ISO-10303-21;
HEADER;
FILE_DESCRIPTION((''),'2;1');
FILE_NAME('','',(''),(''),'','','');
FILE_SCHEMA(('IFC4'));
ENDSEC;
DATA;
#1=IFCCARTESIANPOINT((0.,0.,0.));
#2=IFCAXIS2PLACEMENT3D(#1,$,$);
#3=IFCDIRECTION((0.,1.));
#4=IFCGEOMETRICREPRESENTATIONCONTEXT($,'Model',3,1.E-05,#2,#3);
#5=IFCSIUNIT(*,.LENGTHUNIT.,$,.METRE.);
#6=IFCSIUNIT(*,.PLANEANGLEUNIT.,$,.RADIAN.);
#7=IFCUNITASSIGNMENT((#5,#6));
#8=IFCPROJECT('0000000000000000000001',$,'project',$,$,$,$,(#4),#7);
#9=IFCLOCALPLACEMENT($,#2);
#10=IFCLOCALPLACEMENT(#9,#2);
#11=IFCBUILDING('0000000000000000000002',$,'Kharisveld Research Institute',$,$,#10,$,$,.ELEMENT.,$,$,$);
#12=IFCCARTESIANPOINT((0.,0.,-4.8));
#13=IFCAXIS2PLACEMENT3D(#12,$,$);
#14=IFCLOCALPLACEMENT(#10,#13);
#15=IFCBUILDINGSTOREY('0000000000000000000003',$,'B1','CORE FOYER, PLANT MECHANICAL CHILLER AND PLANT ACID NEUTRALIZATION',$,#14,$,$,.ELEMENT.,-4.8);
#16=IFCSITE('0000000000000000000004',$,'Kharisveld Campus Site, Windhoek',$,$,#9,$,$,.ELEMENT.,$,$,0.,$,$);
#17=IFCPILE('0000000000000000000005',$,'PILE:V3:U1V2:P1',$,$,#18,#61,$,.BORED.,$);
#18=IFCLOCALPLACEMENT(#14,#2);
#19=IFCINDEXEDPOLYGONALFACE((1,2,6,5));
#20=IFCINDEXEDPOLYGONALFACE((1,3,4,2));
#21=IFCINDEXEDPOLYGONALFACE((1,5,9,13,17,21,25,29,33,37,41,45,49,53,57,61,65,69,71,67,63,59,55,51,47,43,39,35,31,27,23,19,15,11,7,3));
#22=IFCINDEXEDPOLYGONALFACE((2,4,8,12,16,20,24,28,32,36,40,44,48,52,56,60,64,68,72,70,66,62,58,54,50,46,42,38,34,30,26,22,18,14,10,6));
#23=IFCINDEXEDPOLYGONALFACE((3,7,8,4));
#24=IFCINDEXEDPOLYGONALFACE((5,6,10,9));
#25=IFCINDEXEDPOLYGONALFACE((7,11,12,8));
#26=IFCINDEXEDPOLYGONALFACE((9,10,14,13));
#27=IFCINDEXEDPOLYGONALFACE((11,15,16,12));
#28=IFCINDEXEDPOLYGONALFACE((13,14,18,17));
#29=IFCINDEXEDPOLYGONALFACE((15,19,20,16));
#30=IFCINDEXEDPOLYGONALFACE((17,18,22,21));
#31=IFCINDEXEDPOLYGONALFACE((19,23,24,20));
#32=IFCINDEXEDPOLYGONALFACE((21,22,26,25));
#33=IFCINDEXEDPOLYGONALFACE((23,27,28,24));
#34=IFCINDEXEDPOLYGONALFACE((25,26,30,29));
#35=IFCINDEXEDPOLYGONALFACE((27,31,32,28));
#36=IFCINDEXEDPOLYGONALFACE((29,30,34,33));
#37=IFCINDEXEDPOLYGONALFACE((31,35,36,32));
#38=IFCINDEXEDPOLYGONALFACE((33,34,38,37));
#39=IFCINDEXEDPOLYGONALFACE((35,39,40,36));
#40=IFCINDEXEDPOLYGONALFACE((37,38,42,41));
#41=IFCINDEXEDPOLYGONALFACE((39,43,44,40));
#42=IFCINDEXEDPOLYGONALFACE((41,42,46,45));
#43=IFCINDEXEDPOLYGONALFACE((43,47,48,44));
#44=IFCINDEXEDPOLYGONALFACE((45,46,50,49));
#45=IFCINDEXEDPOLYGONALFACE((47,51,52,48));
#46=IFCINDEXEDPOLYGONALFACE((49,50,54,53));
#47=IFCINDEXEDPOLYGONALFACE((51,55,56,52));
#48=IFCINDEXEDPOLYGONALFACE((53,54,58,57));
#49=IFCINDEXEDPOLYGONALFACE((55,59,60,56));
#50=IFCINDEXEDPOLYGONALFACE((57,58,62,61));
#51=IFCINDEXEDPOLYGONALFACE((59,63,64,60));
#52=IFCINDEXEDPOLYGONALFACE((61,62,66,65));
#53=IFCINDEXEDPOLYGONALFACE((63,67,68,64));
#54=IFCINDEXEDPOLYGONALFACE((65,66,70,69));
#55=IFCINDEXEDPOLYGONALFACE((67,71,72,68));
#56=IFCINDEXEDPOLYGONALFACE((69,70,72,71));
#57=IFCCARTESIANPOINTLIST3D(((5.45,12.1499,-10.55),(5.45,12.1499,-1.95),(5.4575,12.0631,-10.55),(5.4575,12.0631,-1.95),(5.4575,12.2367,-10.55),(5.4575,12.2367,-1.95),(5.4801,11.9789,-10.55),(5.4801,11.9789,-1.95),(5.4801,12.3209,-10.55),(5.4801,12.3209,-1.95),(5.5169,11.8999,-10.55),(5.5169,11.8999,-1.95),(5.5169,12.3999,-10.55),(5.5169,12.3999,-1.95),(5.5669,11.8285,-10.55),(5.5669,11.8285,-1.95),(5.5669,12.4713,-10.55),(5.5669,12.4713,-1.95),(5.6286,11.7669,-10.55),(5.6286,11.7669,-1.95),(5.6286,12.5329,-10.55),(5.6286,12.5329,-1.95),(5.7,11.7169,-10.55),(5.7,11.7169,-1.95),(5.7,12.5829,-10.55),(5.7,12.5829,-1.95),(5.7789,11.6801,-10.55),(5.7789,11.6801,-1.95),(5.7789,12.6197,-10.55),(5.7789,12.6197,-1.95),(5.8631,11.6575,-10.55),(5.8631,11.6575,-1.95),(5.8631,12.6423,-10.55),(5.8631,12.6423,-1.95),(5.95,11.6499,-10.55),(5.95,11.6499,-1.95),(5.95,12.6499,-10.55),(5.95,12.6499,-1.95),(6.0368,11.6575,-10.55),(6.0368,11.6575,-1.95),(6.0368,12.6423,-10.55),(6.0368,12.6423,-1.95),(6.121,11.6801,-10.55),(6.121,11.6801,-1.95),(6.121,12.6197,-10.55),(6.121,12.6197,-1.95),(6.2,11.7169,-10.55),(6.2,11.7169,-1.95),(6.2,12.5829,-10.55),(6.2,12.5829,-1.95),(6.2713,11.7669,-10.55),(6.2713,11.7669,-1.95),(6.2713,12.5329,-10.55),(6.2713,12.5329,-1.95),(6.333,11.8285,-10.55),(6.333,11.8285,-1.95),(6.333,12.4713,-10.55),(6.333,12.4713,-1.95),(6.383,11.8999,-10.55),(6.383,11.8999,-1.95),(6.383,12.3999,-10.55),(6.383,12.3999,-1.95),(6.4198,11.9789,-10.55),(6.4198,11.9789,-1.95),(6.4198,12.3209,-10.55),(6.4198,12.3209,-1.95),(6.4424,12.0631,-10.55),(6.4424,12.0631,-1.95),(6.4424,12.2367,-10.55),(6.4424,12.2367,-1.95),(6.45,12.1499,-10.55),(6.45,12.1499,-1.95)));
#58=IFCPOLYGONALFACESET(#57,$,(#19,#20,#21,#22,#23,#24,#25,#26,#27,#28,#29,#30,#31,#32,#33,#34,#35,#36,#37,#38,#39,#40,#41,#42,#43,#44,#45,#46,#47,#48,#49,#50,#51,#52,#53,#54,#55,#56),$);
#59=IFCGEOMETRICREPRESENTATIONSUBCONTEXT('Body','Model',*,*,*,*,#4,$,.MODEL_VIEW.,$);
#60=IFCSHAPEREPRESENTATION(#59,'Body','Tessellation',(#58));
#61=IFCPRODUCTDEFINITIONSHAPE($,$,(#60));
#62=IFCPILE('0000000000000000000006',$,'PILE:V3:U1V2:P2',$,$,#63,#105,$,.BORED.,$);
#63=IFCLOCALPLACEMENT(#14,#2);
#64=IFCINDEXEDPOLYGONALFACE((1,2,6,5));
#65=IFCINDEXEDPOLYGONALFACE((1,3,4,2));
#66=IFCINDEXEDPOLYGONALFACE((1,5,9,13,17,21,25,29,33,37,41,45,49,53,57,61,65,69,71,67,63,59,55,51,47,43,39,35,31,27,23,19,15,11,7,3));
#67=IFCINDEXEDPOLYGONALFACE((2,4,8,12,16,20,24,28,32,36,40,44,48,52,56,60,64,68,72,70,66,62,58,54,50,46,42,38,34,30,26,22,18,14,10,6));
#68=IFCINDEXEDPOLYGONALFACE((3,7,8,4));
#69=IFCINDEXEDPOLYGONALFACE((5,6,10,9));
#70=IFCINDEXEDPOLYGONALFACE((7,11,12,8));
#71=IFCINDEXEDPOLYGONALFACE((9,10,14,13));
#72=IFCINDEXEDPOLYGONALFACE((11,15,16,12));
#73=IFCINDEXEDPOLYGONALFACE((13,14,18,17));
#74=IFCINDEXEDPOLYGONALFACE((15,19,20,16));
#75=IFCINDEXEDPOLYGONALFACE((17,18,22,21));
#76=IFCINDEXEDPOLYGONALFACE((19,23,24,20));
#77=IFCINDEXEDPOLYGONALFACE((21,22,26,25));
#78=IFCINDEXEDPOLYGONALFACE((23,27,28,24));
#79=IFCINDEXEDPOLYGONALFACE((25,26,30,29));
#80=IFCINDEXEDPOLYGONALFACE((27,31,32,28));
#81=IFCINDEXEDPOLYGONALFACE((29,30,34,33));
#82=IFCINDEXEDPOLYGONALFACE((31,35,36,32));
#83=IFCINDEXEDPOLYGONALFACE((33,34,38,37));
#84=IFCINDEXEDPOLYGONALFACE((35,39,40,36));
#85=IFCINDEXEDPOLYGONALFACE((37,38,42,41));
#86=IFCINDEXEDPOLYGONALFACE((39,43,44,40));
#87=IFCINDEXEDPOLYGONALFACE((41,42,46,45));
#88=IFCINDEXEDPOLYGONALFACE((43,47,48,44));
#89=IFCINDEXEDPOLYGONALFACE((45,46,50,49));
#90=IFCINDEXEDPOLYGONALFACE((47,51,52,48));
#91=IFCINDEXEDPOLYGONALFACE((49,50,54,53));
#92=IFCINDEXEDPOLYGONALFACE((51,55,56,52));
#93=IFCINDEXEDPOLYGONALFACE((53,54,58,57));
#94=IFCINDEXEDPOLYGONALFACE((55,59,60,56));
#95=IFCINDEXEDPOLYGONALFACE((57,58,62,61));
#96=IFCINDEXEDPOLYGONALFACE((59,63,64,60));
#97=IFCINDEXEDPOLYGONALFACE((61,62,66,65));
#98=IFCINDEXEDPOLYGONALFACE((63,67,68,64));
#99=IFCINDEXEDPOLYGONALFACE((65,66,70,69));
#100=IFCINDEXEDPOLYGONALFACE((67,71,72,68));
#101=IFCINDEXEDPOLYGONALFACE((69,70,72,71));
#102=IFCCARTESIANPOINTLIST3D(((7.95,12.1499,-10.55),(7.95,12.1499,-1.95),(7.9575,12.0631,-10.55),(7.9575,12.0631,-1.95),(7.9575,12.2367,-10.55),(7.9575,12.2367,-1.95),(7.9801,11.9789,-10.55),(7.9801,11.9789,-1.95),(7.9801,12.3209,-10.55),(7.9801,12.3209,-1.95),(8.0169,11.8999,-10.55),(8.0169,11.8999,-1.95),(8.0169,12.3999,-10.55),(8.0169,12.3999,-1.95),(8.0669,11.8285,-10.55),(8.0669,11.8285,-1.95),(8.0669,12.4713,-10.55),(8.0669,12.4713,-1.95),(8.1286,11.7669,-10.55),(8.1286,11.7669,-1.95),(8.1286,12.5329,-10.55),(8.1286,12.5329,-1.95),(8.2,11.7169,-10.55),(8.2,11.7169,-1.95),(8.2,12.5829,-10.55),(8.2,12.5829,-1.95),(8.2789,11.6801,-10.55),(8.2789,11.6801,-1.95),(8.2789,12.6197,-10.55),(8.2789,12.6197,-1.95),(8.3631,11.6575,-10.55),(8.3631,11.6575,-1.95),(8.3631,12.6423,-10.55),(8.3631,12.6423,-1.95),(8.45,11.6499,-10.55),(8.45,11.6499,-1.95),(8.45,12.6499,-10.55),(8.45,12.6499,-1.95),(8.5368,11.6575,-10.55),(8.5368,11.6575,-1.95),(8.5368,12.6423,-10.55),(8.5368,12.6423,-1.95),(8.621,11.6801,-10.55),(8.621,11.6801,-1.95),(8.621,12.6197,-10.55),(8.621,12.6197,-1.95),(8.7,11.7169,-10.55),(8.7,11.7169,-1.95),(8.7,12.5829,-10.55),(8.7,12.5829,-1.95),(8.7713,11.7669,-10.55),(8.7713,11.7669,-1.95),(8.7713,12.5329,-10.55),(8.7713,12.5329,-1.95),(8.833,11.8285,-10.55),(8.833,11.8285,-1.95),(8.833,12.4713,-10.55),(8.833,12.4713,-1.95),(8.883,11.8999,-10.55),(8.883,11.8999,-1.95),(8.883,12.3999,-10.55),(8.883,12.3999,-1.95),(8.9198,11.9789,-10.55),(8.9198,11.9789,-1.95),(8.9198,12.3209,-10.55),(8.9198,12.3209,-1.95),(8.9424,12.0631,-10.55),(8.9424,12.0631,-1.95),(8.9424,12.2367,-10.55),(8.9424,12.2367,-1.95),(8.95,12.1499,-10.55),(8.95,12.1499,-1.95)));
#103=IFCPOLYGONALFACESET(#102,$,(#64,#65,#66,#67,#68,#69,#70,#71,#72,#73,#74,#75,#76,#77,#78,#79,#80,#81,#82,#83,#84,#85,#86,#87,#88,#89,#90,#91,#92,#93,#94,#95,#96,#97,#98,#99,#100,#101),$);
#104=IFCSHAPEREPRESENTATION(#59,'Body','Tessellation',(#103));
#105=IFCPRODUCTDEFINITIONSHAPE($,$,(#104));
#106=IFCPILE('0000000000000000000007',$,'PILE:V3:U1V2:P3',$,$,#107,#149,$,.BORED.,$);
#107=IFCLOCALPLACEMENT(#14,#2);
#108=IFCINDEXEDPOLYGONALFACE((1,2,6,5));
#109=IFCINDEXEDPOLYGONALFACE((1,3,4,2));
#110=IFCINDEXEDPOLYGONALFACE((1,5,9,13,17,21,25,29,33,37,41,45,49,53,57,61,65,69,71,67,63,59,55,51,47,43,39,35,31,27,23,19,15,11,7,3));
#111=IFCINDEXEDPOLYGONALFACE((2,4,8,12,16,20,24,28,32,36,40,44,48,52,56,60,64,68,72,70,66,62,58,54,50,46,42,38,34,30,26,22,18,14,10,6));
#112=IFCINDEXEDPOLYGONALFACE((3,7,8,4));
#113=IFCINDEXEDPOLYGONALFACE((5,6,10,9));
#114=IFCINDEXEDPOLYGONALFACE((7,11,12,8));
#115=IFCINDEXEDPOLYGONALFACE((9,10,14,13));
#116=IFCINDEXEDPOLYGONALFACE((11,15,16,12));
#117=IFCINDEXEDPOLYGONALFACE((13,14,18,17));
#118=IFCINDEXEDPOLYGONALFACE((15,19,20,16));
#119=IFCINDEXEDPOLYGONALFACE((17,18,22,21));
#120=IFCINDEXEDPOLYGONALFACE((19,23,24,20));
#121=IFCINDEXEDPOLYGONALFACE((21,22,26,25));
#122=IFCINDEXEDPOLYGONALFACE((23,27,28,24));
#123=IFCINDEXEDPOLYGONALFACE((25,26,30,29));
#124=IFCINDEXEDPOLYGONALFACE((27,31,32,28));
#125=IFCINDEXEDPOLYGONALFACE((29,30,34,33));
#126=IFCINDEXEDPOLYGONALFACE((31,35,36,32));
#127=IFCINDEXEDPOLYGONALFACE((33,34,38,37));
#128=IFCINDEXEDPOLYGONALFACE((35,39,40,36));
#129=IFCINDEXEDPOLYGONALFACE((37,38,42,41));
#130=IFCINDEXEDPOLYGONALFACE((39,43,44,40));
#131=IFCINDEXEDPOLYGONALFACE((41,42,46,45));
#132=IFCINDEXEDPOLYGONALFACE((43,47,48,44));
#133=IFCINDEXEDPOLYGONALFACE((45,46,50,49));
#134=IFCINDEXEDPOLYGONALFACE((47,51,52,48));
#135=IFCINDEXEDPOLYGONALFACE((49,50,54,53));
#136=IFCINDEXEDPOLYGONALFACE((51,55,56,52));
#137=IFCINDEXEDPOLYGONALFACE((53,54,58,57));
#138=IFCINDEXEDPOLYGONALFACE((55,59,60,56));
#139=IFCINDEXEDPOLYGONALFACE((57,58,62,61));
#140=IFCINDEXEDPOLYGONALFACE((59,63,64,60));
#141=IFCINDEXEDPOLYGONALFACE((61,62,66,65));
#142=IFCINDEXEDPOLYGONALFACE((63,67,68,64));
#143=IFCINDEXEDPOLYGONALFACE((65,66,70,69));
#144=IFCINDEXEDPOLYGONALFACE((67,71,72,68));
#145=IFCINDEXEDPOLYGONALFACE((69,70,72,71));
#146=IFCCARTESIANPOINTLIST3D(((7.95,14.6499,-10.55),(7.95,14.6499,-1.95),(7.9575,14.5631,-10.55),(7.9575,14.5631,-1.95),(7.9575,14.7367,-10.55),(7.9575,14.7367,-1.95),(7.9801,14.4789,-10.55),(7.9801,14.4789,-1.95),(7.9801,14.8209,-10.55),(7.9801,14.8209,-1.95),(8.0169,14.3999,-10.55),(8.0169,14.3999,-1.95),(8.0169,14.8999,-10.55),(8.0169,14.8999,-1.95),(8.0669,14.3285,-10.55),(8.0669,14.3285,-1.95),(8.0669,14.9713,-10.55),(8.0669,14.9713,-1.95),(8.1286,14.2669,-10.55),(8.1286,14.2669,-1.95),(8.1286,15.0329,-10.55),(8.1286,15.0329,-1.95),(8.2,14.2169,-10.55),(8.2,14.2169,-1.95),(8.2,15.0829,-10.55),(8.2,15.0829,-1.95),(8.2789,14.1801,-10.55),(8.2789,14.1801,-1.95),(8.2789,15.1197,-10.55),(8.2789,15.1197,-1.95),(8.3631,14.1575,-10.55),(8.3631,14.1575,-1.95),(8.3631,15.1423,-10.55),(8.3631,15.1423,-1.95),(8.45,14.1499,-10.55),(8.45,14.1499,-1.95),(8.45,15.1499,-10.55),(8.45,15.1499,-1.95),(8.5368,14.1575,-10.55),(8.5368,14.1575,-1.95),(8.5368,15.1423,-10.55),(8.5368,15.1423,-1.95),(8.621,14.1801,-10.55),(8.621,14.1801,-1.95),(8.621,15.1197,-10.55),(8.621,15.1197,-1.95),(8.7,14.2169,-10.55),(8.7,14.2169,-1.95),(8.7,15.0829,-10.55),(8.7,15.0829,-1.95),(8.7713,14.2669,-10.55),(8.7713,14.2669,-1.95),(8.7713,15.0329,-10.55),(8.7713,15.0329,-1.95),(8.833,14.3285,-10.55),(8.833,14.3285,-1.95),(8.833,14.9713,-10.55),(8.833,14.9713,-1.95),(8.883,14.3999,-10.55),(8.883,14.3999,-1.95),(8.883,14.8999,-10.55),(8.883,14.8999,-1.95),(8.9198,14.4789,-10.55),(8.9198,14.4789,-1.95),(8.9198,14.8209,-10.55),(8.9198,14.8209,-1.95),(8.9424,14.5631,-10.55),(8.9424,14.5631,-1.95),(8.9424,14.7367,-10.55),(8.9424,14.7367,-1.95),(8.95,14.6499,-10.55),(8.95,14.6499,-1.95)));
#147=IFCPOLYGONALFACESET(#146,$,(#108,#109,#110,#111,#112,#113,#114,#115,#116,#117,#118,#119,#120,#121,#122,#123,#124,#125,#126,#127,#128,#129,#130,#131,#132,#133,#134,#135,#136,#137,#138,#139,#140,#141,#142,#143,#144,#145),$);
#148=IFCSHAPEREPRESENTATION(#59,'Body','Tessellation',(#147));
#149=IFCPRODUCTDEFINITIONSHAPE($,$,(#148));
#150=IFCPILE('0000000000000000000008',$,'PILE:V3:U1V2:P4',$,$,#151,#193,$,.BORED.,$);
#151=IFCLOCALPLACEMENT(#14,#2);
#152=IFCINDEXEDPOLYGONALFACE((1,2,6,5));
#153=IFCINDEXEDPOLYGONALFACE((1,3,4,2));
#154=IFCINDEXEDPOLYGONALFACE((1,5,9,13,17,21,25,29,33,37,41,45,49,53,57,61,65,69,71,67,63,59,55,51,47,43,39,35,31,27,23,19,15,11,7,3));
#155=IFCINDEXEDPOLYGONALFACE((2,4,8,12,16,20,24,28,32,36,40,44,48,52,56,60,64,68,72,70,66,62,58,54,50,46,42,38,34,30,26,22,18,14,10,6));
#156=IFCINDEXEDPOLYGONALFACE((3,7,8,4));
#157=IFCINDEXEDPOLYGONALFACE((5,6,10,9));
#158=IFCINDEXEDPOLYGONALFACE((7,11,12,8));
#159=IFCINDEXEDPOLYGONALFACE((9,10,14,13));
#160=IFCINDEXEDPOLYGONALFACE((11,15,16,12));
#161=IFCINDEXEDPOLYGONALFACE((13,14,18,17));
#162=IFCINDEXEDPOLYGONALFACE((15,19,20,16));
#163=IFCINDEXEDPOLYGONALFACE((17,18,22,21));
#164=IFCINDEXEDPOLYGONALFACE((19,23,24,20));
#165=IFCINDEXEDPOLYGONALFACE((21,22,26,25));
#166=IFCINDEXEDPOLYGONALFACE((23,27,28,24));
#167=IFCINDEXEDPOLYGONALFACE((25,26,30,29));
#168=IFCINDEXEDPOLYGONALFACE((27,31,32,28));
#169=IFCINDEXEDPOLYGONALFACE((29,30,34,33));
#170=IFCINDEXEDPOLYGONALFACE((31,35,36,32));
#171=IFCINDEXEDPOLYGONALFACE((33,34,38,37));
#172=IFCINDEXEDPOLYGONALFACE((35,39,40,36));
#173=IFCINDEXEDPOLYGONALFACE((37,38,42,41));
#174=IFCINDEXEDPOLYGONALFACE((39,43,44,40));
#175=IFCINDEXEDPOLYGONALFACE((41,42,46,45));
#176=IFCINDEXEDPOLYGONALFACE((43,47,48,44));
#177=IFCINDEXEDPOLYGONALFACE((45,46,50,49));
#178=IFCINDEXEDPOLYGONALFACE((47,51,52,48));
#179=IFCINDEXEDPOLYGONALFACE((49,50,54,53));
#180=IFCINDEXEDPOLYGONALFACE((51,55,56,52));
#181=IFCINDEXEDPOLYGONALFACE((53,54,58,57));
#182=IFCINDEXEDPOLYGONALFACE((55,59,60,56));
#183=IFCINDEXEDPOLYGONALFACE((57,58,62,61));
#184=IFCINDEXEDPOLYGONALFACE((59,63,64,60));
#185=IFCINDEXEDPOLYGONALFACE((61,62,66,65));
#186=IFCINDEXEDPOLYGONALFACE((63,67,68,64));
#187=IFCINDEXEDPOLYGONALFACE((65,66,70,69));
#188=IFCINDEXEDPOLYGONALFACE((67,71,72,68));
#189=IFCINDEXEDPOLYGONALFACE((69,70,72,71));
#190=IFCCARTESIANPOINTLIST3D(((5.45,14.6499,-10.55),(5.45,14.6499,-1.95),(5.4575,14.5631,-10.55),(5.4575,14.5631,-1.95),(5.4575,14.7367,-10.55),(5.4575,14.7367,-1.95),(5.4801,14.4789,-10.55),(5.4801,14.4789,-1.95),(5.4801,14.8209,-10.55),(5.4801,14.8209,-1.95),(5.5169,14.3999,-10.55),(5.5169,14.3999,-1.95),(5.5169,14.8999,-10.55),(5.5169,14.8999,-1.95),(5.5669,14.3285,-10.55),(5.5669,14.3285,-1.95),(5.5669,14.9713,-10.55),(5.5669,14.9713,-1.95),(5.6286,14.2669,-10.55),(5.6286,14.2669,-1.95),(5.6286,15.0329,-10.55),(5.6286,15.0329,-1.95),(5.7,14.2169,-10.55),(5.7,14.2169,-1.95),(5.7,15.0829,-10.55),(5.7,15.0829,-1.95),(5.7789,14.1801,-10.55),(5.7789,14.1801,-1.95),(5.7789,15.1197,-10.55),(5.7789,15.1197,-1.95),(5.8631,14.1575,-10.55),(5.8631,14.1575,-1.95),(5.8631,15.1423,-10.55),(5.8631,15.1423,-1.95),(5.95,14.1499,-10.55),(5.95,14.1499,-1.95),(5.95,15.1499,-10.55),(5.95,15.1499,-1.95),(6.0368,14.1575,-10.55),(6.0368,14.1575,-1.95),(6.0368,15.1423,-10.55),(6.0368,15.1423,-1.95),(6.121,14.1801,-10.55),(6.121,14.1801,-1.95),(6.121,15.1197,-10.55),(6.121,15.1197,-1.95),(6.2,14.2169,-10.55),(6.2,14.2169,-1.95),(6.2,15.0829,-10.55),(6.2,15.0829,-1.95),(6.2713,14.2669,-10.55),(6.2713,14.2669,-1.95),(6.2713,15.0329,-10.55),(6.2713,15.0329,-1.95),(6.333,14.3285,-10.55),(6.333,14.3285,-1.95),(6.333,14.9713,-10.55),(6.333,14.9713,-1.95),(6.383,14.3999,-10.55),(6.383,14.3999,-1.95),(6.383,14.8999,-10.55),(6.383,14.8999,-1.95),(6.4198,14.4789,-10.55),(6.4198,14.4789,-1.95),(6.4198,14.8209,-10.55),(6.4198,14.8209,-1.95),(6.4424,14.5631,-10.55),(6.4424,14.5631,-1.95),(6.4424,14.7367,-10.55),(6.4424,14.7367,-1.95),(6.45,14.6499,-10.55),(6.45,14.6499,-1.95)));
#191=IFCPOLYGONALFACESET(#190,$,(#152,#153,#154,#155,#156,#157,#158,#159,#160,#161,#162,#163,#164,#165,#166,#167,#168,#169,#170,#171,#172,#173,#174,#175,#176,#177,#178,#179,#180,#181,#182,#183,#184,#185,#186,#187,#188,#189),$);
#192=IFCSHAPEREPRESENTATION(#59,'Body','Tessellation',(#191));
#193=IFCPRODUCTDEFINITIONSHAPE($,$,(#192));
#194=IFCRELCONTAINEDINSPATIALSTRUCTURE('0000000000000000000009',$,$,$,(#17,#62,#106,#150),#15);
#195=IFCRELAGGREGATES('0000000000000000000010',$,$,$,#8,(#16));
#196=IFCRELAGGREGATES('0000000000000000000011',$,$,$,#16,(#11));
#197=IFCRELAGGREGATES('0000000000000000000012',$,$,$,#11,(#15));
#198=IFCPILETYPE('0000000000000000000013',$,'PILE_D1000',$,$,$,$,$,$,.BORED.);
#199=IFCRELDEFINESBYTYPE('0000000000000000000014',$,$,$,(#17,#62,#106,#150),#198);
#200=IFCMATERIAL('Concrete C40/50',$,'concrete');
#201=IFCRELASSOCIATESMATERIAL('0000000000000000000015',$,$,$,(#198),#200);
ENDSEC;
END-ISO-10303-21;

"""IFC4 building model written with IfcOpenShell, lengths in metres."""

from ifc_helpers import new_model, si_unit, direction, frame, origin, origin_2d, place, context, subcontext, project, spatial, circle, extrude, material, material_profile, profile_set, type_object, element, save


model = new_model("IFC4")

# Units and contexts
model_context = context("Model", 3, precision=1e-05, world=origin(), true_north=direction((0.0, 1.0)))
body_context = subcontext(model_context, "Body", "Model", "MODEL_VIEW")
ifc_project = project(units=[si_unit("LENGTHUNIT", "METRE"), si_unit("PLANEANGLEUNIT", "RADIAN")], contexts=[model_context])

# Site, building, storey
site_placement = place(None, origin())
site = spatial("IfcSite", under=ifc_project, at=site_placement, Name="Kharisveld Campus Site, Windhoek", CompositionType="ELEMENT", RefElevation=0.0)
building_placement = place(site_placement, origin())
building = spatial("IfcBuilding", under=site, at=building_placement, Name="Kharisveld Research Institute", CompositionType="ELEMENT")
storey_placement = place(building_placement, frame((0.0, 0.0, -4.8)))
storey = spatial("IfcBuildingStorey", under=building, at=storey_placement, Name="B1", Description="CORE FOYER, PLANT MECHANICAL CHILLER AND PLANT ACID NEUTRALIZATION", CompositionType="ELEMENT", Elevation=-4.8)

# Piles
ifc_material_1 = material(Name="Concrete C40/50", Category="concrete")
ifc_material_profile_1 = material_profile(ifc_material_1, circle(Radius=0.5, at=origin_2d()))
ifc_profile_set_1 = profile_set([ifc_material_profile_1], Name="Concrete C40/50")
pile_type_1 = type_object("IfcPileType", Name="PILE_D1000", PredefinedType="BORED", material=ifc_profile_set_1)
for number, where, z_axis, x_axis, name in (
    (1, (5.95, 12.1499, -1.95), (0.0, 0.0, -1.0), (1.0, 0.0, 0.0), "PILE:V3:U1V2:P1"),
    (2, (8.45, 12.1499, -1.95), (0.0, 0.0, -1.0), (1.0, 0.0, 0.0), "PILE:V3:U1V2:P2"),
    (3, (8.45, 14.6499, -1.95), (0.0, 0.0, -1.0), (1.0, 0.0, 0.0), "PILE:V3:U1V2:P3"),
    (4, (5.95, 14.6499, -1.95), (0.0, 0.0, -1.0), (1.0, 0.0, 0.0), "PILE:V3:U1V2:P4"),
):
    element("IfcPile", number, at=place(storey_placement, frame(where, z_axis=z_axis, x_axis=x_axis)), inside=storey, type_object=pile_type_1, Name=name, PredefinedType="BORED", context=body_context, shape_type="SweptSolid", body=[
        extrude(circle(Radius=0.5, at=origin_2d()), origin(), (0.0, 0.0, 1.0), 8.6001),
    ])

save(model, "model.ifc")
